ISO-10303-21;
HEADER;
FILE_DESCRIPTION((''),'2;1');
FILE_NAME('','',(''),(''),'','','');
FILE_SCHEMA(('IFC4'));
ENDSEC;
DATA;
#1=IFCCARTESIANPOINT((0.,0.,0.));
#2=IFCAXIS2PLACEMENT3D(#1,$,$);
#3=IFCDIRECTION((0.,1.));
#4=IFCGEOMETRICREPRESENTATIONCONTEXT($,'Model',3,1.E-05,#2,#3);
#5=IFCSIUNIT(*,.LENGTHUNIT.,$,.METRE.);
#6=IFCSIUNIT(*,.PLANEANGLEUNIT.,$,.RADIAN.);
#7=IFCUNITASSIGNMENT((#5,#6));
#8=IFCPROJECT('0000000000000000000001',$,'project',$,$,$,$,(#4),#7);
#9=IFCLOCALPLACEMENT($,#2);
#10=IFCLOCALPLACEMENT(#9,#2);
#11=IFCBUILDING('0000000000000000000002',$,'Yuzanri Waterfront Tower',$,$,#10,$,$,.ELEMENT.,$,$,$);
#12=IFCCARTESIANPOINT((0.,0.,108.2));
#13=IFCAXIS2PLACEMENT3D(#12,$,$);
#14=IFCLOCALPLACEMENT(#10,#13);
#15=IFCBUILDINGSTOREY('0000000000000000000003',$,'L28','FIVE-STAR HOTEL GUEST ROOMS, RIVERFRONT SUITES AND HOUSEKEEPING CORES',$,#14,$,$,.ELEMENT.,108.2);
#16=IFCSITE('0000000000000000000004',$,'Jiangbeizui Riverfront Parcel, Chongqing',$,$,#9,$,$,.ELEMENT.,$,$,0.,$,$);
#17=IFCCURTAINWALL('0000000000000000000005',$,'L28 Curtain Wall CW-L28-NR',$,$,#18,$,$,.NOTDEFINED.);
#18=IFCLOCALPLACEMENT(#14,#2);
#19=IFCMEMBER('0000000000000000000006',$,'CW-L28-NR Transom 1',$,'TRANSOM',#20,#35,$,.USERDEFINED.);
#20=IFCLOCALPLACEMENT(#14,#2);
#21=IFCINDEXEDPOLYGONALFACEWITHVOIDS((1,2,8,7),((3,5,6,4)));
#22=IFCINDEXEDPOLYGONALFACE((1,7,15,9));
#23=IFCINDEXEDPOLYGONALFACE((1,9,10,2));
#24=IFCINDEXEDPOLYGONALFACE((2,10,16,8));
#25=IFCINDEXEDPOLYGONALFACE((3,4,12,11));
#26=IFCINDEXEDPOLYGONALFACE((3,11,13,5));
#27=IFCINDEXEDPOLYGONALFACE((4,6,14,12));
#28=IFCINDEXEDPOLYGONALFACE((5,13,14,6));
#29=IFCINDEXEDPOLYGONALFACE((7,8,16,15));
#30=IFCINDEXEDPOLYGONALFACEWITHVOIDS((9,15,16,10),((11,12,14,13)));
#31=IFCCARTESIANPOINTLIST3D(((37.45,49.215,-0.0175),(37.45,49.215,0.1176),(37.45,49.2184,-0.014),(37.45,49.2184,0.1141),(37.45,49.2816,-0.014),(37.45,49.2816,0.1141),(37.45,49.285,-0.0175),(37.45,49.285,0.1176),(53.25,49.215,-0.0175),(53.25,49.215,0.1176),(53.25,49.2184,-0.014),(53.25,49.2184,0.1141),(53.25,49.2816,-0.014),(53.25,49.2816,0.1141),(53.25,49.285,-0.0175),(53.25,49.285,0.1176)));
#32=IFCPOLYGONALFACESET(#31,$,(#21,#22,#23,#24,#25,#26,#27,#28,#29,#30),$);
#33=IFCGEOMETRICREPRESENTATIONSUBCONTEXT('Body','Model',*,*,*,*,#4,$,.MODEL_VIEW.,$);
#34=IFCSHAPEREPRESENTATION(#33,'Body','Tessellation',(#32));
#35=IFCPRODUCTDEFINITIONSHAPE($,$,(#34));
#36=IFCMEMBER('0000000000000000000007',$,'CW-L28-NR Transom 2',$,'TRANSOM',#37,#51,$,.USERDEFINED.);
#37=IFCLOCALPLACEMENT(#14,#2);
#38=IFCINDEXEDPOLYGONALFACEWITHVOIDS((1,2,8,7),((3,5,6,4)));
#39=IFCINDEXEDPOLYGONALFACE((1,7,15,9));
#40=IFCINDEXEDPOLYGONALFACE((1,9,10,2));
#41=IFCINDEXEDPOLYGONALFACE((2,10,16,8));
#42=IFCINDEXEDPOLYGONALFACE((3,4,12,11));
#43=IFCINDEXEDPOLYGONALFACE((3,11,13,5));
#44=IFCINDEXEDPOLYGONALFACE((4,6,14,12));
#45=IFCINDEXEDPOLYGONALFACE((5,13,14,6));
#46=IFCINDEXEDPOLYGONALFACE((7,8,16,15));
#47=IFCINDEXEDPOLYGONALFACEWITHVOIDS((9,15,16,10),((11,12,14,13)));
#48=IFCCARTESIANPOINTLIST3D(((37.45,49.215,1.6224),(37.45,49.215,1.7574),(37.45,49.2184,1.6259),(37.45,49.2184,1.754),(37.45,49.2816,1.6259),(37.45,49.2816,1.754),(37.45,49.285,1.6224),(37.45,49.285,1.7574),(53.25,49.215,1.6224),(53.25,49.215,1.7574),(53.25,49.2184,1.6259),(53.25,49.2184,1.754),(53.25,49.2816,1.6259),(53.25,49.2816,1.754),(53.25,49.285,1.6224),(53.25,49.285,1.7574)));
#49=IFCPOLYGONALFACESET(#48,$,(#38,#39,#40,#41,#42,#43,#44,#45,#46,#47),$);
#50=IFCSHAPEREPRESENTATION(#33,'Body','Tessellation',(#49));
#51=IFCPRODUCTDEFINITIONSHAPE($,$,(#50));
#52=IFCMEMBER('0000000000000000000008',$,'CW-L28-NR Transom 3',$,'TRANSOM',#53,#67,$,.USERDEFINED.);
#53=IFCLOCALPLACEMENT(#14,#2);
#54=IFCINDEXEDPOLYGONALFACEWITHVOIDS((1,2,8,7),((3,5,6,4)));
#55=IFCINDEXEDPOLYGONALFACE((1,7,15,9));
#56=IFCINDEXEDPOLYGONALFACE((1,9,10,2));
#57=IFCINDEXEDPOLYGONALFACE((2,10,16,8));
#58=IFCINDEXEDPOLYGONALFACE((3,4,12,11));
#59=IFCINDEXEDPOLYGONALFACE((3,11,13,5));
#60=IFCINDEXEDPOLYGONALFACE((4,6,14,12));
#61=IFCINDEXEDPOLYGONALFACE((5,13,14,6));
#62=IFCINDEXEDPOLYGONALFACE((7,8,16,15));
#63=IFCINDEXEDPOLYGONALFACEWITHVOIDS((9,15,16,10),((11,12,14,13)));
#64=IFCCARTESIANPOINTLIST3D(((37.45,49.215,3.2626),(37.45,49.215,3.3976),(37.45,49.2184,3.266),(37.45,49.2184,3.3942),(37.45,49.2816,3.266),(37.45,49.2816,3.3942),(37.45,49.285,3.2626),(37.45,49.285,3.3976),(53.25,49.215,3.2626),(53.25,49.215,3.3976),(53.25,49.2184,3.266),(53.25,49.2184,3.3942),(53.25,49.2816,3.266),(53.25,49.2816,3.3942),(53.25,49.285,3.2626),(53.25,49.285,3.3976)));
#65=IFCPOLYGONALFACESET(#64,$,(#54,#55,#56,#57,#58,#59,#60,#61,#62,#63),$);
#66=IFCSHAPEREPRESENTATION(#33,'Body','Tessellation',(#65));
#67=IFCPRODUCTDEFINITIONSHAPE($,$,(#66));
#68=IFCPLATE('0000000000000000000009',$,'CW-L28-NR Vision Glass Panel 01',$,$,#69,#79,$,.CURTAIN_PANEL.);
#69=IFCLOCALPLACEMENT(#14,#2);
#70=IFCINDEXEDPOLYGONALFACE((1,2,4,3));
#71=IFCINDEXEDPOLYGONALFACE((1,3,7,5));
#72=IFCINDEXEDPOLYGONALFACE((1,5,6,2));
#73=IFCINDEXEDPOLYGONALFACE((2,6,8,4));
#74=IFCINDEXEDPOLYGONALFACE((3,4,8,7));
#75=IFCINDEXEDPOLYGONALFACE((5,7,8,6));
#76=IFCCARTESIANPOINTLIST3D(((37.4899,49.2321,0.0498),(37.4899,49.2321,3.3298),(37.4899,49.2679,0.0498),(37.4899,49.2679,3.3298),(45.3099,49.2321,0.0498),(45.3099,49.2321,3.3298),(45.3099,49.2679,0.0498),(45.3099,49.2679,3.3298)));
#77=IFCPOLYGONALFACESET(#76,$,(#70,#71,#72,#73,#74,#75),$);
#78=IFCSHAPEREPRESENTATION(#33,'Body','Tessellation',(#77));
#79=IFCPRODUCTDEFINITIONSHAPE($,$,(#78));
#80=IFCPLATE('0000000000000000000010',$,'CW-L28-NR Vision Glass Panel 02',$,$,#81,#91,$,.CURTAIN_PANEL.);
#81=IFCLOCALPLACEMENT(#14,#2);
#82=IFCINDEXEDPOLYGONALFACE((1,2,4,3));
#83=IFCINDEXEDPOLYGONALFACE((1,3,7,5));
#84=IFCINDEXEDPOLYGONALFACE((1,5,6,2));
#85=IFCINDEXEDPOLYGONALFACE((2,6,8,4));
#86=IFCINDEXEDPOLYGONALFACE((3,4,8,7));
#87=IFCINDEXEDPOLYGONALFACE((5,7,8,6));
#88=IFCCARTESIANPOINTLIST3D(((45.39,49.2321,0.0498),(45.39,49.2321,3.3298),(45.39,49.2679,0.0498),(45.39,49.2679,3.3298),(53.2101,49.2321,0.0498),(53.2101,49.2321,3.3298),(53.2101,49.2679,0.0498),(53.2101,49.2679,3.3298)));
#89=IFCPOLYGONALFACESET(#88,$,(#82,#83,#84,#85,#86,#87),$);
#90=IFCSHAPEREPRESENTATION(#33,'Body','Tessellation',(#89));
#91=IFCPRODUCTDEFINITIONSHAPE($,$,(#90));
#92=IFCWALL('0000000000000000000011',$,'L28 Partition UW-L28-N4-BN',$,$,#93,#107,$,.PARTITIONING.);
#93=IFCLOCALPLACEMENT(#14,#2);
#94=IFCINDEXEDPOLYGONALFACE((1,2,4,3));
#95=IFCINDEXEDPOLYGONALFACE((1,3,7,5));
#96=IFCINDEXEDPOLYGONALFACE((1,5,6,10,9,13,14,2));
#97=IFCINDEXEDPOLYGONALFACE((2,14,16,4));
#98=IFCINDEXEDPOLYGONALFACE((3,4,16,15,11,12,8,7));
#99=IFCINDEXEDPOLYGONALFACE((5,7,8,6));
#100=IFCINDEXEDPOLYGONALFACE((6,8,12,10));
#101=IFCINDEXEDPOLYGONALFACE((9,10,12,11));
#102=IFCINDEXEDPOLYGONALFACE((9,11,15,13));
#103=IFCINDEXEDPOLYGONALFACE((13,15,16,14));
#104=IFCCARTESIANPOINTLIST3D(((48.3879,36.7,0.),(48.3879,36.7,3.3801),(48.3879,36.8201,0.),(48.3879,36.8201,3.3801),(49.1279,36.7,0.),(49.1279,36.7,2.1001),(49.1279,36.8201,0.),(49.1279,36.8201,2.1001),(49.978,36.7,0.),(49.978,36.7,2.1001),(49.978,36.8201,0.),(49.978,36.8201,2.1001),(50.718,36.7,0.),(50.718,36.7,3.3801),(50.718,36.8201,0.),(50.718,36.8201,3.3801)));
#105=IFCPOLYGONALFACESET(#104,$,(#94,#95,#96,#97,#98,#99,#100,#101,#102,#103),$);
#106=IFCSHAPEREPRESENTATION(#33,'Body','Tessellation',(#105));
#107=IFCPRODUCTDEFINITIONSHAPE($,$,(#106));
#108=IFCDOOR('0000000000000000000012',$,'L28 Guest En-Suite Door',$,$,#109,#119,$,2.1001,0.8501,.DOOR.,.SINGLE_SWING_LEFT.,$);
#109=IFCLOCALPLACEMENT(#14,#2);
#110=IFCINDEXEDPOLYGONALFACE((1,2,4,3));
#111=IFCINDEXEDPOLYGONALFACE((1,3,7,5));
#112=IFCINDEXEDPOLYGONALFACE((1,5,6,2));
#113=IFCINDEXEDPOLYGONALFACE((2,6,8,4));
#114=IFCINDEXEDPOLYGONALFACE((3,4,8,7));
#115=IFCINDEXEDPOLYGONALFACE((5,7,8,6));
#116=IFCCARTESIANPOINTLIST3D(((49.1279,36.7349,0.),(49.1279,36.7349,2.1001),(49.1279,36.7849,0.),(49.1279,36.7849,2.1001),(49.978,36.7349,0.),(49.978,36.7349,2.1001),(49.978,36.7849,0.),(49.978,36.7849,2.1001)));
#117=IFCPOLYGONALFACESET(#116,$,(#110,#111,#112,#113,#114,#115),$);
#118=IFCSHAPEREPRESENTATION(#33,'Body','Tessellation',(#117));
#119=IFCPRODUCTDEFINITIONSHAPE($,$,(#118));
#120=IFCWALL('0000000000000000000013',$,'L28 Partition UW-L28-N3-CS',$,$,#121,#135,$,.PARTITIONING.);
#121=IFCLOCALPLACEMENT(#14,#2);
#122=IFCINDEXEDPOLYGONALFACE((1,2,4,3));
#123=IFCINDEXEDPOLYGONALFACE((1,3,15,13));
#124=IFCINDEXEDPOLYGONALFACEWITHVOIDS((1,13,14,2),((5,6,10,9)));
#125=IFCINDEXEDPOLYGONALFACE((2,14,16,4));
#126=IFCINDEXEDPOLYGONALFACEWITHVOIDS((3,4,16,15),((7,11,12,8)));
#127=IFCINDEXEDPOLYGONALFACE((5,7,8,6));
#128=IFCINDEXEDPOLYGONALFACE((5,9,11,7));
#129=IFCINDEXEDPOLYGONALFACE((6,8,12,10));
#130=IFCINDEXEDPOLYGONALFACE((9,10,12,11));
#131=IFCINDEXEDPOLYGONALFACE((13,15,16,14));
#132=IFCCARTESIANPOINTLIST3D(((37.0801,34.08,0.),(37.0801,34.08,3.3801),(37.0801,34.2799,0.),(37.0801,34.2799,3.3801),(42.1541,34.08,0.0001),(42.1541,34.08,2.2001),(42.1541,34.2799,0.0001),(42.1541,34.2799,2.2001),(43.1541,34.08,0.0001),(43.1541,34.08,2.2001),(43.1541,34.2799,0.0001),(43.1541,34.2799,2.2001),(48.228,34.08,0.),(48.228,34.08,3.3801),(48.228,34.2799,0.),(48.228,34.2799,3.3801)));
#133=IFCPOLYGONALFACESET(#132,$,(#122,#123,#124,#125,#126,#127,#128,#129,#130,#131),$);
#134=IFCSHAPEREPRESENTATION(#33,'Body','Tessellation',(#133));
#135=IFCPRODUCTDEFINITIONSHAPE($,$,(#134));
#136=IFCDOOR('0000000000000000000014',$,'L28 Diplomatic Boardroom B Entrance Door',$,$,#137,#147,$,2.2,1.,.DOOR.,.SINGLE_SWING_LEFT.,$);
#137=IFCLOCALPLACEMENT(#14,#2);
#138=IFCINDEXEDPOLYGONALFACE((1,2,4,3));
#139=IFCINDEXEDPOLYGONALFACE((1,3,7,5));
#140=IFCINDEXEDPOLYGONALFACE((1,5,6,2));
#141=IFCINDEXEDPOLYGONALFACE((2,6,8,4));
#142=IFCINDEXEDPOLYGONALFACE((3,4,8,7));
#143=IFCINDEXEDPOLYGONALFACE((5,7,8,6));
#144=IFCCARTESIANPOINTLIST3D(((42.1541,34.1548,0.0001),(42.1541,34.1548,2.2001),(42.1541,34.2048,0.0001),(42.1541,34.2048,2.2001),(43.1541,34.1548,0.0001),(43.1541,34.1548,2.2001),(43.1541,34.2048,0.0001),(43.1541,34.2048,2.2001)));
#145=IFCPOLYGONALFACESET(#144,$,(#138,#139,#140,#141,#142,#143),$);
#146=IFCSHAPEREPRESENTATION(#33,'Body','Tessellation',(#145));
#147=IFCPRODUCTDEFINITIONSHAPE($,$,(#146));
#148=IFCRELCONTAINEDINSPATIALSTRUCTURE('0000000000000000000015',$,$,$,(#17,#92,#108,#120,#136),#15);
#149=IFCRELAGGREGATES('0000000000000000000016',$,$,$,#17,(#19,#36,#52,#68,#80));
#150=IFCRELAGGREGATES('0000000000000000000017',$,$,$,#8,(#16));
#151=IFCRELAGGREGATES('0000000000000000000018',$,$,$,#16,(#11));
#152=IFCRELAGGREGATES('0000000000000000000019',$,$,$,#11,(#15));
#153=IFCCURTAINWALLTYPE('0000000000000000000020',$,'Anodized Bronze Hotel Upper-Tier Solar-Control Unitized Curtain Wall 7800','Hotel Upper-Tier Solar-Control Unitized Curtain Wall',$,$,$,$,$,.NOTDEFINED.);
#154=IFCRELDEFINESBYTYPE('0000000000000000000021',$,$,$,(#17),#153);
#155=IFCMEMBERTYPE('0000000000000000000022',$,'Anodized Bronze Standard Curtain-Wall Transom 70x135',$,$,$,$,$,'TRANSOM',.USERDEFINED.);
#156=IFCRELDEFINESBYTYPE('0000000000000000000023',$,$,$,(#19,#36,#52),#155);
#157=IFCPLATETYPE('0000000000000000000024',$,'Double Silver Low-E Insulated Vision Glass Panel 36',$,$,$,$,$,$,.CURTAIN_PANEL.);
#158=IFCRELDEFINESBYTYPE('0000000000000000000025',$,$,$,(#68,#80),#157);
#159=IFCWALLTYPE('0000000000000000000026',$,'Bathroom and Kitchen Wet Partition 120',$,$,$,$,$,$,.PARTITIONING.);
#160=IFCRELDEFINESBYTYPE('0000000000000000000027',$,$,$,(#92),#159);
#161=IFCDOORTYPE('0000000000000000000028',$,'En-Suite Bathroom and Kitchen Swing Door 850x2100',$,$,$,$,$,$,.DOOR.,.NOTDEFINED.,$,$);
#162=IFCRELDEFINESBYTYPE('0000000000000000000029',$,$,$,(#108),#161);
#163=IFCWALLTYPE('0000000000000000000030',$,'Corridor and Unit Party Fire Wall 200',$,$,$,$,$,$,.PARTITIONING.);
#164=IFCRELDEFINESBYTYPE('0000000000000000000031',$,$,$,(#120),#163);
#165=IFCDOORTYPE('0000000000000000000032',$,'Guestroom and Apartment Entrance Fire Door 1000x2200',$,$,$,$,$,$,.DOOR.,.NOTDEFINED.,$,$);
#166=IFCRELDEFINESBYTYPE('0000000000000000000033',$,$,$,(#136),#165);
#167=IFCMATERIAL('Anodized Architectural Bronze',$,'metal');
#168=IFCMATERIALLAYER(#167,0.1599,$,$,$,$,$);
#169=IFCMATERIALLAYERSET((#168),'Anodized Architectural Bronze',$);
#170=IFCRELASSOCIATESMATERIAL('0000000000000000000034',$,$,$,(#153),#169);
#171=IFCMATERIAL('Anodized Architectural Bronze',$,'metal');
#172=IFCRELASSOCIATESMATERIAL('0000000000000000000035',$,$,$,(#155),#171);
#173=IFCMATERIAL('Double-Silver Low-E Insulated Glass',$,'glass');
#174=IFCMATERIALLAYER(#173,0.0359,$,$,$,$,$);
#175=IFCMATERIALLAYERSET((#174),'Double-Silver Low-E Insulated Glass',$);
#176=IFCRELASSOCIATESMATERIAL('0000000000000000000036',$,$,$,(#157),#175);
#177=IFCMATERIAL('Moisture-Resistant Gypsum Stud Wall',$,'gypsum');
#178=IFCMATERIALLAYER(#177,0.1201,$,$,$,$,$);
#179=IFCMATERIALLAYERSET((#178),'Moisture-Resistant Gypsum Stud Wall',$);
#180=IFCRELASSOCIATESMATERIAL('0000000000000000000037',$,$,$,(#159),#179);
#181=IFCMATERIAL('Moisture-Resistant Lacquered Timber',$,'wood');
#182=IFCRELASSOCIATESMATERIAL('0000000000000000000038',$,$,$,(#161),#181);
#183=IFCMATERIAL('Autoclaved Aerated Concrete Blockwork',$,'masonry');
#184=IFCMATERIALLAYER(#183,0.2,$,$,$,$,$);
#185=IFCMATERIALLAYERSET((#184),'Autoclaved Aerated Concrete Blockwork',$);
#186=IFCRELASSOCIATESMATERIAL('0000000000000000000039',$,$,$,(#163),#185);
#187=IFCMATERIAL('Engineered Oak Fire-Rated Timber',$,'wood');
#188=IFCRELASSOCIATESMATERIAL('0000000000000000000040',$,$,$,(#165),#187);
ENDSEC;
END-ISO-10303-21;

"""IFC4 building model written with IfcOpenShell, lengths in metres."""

from ifc_helpers import new_model, si_unit, direction, frame, frame_2d, origin, origin_2d, place, context, subcontext, project, spatial, rectangle, hollow_rectangle, extrude, source, transform, mapped, material, layer, layer_set, material_profile, profile_set, type_object, element, fill, aggregate, save


model = new_model("IFC4")

# Units and contexts
model_context = context("Model", 3, precision=1e-05, world=origin(), true_north=direction((0.0, 1.0)))
body_context = subcontext(model_context, "Body", "Model", "MODEL_VIEW")
ifc_project = project(units=[si_unit("LENGTHUNIT", "METRE"), si_unit("PLANEANGLEUNIT", "RADIAN")], contexts=[model_context])

# Site, building, storey
site_placement = place(None, origin())
site = spatial("IfcSite", under=ifc_project, at=site_placement, Name="Jiangbeizui Riverfront Parcel, Chongqing", CompositionType="ELEMENT", RefElevation=0.0)
building_placement = place(site_placement, origin())
building = spatial("IfcBuilding", under=site, at=building_placement, Name="Yuzanri Waterfront Tower", CompositionType="ELEMENT")
storey_placement = place(building_placement, frame((0.0, 0.0, 108.2)))
storey = spatial("IfcBuildingStorey", under=building, at=storey_placement, Name="L28", Description="FIVE-STAR HOTEL GUEST ROOMS, RIVERFRONT SUITES AND HOUSEKEEPING CORES", CompositionType="ELEMENT", Elevation=108.2)

# Shared definitions
ifc_material_1 = material(Name="Anodized Architectural Bronze", Category="metal")
ifc_layer_1 = layer(ifc_material_1, 0.1599)
ifc_layer_set_1 = layer_set([ifc_layer_1], Name="Anodized Architectural Bronze")
curtain_wall_type = type_object("IfcCurtainWallType", Name="Anodized Bronze Hotel Upper-Tier Solar-Control Unitized Curtain Wall 7800", Description="Hotel Upper-Tier Solar-Control Unitized Curtain Wall", PredefinedType="NOTDEFINED", material=ifc_layer_set_1)

# Curtain wall, members, plates
curtain_wall_1_placement = place(storey_placement, origin())
curtain_wall_1 = element("IfcCurtainWall", 1, at=curtain_wall_1_placement, inside=storey, type_object=curtain_wall_type, Name="L28 Curtain Wall CW-L28-NR", PredefinedType="NOTDEFINED")
ifc_material_2 = material(Name="Anodized Architectural Bronze", Category="metal")
ifc_material_profile_1 = material_profile(ifc_material_2, hollow_rectangle(XDim=0.0701, YDim=0.135, WallThickness=0.0034, at=origin_2d()), Name="CWT 70x135")
ifc_profile_set_1 = profile_set([ifc_material_profile_1], Name="Anodized Architectural Bronze")
member_type_1 = type_object("IfcMemberType", Name="Anodized Bronze Standard Curtain-Wall Transom 70x135", ElementType="TRANSOM", PredefinedType="USERDEFINED", material=ifc_profile_set_1)
shared_shape_1 = source(origin(), body_context, "Body", "SweptSolid", [
    extrude(hollow_rectangle(XDim=0.0701, YDim=0.135, WallThickness=0.0034, at=origin_2d()), origin(), (0.0, 0.0, 1.0), 15.8),
])
member_1_placement = place(storey_placement, frame((37.45, 49.25, 0.05), z_axis=(1.0, 0.0, 0.0), x_axis=(0.0, 1.0, 0.0)))
member_1 = element("IfcMember", 2, at=member_1_placement, type_object=member_type_1, Name="CW-L28-NR Transom 1", ObjectType="TRANSOM", PredefinedType="USERDEFINED", context=body_context, shape_type="MappedRepresentation", body=[
    mapped(shared_shape_1, transform((0.0, 0.0, 0.0), scale=1.0)),
])
member_2_placement = place(storey_placement, frame((37.45, 49.25, 1.6899), z_axis=(1.0, 0.0, 0.0), x_axis=(0.0, 1.0, 0.0)))
member_2 = element("IfcMember", 3, at=member_2_placement, type_object=member_type_1, Name="CW-L28-NR Transom 2", ObjectType="TRANSOM", PredefinedType="USERDEFINED", context=body_context, shape_type="MappedRepresentation", body=[
    mapped(shared_shape_1, transform((0.0, 0.0, 0.0), scale=1.0)),
])
member_3_placement = place(storey_placement, frame((37.45, 49.25, 3.3301), z_axis=(1.0, 0.0, 0.0), x_axis=(0.0, 1.0, 0.0)))
member_3 = element("IfcMember", 4, at=member_3_placement, type_object=member_type_1, Name="CW-L28-NR Transom 3", ObjectType="TRANSOM", PredefinedType="USERDEFINED", context=body_context, shape_type="MappedRepresentation", body=[
    mapped(shared_shape_1, transform((0.0, 0.0, 0.0), scale=1.0)),
])
ifc_material_3 = material(Name="Double-Silver Low-E Insulated Glass", Category="glass")
ifc_layer_2 = layer(ifc_material_3, 0.0359)
ifc_layer_set_2 = layer_set([ifc_layer_2], Name="Double-Silver Low-E Insulated Glass")
plate_type = type_object("IfcPlateType", Name="Double Silver Low-E Insulated Vision Glass Panel 36", PredefinedType="CURTAIN_PANEL", material=ifc_layer_set_2)
shared_shape_2 = source(origin(), body_context, "Body", "SweptSolid", [
    extrude(rectangle(XDim=7.8201, YDim=0.0359, at=origin_2d()), origin(), (0.0, 0.0, 1.0), 3.28),
])
plate_1_placement = place(storey_placement, frame((41.3999, 49.25, 0.0498), z_axis=(0.0, 0.0, 1.0), x_axis=(1.0, 0.0, 0.0)))
plate_1 = element("IfcPlate", 5, at=plate_1_placement, type_object=plate_type, Name="CW-L28-NR Vision Glass Panel 01", PredefinedType="CURTAIN_PANEL", context=body_context, shape_type="MappedRepresentation", body=[
    mapped(shared_shape_2, transform((0.0, 0.0, 0.0), scale=1.0)),
])
plate_2_placement = place(storey_placement, frame((49.3, 49.25, 0.0498), z_axis=(0.0, 0.0, 1.0), x_axis=(1.0, 0.0, 0.0)))
plate_2 = element("IfcPlate", 6, at=plate_2_placement, type_object=plate_type, Name="CW-L28-NR Vision Glass Panel 02", PredefinedType="CURTAIN_PANEL", context=body_context, shape_type="MappedRepresentation", body=[
    mapped(shared_shape_2, transform((0.0, 0.0, 0.0), scale=1.0)),
])
aggregate(curtain_wall_1, [member_1, member_2, member_3, plate_1, plate_2])

# Walls, openings, doors
ifc_material_4 = material(Name="Moisture-Resistant Gypsum Stud Wall", Category="gypsum")
ifc_layer_3 = layer(ifc_material_4, 0.1201)
ifc_layer_set_3 = layer_set([ifc_layer_3], Name="Moisture-Resistant Gypsum Stud Wall")
wall_type_1 = type_object("IfcWallType", Name="Bathroom and Kitchen Wet Partition 120", PredefinedType="PARTITIONING", material=ifc_layer_set_3)
wall_1_placement = place(storey_placement, frame((48.3879, 36.76, 0.0), z_axis=(0.0, 0.0, 1.0), x_axis=(1.0, 0.0, 0.0)))
wall_1 = element("IfcWall", 7, at=wall_1_placement, inside=storey, type_object=wall_type_1, Name="L28 Partition UW-L28-N4-BN", PredefinedType="PARTITIONING", context=body_context, shape_type="SweptSolid", body=[
    extrude(rectangle(XDim=2.3301, YDim=0.1201, at=frame_2d((1.165, 0.0))), origin(), (0.0, 0.0, 1.0), 3.3801),
])
opening_1_placement = place(wall_1_placement, frame((0.74, 0.0, 0.0)))
opening_1 = element("IfcOpeningElement", 8, at=opening_1_placement, cuts=wall_1, PredefinedType="OPENING", context=body_context, shape_type="SweptSolid", body=[
    extrude(rectangle(XDim=0.8501, YDim=2.1001, at=frame_2d((0.425, 1.05))), frame((0.0, 0.075, 0.0), z_axis=(0.0, -1.0, 0.0), x_axis=(1.0, 0.0, 0.0)), (0.0, 0.0, 1.0), 0.1499),
])
ifc_material_5 = material(Name="Moisture-Resistant Lacquered Timber", Category="wood")
door_type_1 = type_object("IfcDoorType", Name="En-Suite Bathroom and Kitchen Swing Door 850x2100", OperationType="NOTDEFINED", PredefinedType="DOOR", material=ifc_material_5)
shared_shape_3 = source(origin(), body_context, "Body", "SweptSolid", [
    extrude(rectangle(XDim=0.8501, YDim=2.1001, at=frame_2d((0.425, 1.05))), frame((0.0, 0.0249, 0.0), z_axis=(0.0, -1.0, 0.0), x_axis=(1.0, 0.0, 0.0)), (0.0, 0.0, 1.0), 0.05),
])
door_1_placement = place(opening_1_placement, origin())
door_1 = element("IfcDoor", 9, at=door_1_placement, inside=storey, type_object=door_type_1, Name="L28 Guest En-Suite Door", OperationType="SINGLE_SWING_LEFT", OverallHeight=2.1001, OverallWidth=0.8501, PredefinedType="DOOR", context=body_context, shape_type="MappedRepresentation", body=[
    mapped(shared_shape_3, transform((0.0, 0.0, 0.0), scale=1.0)),
])
fill(opening_1, door_1)
ifc_material_6 = material(Name="Autoclaved Aerated Concrete Blockwork", Category="masonry")
ifc_layer_4 = layer(ifc_material_6, 0.2)
ifc_layer_set_4 = layer_set([ifc_layer_4], Name="Autoclaved Aerated Concrete Blockwork")
wall_type_2 = type_object("IfcWallType", Name="Corridor and Unit Party Fire Wall 200", PredefinedType="PARTITIONING", material=ifc_layer_set_4)
wall_2_placement = place(storey_placement, frame((37.0801, 34.1799, 0.0), z_axis=(0.0, 0.0, 1.0), x_axis=(1.0, 0.0, 0.0)))
wall_2 = element("IfcWall", 10, at=wall_2_placement, inside=storey, type_object=wall_type_2, Name="L28 Partition UW-L28-N3-CS", PredefinedType="PARTITIONING", context=body_context, shape_type="SweptSolid", body=[
    extrude(rectangle(XDim=11.1479, YDim=0.2, at=frame_2d((5.574, 0.0))), origin(), (0.0, 0.0, 1.0), 3.3801),
])
opening_2_placement = place(wall_2_placement, frame((5.074, 0.0, 0.0)))
opening_2 = element("IfcOpeningElement", 11, at=opening_2_placement, cuts=wall_2, PredefinedType="OPENING", context=body_context, shape_type="SweptSolid", body=[
    extrude(rectangle(XDim=1.0, YDim=2.2, at=frame_2d((0.5, 1.1001))), frame((0.0, 0.1147, 0.0), z_axis=(0.0, -1.0, 0.0), x_axis=(1.0, 0.0, 0.0)), (0.0, 0.0, 1.0), 0.2297),
])
ifc_material_7 = material(Name="Engineered Oak Fire-Rated Timber", Category="wood")
door_type_2 = type_object("IfcDoorType", Name="Guestroom and Apartment Entrance Fire Door 1000x2200", OperationType="NOTDEFINED", PredefinedType="DOOR", material=ifc_material_7)
shared_shape_4 = source(origin(), body_context, "Body", "SweptSolid", [
    extrude(rectangle(XDim=1.0, YDim=2.2, at=frame_2d((0.5, 1.1001))), frame((0.0, 0.0249, 0.0), z_axis=(0.0, -1.0, 0.0), x_axis=(1.0, 0.0, 0.0)), (0.0, 0.0, 1.0), 0.05),
])
door_2_placement = place(opening_2_placement, origin())
door_2 = element("IfcDoor", 12, at=door_2_placement, inside=storey, type_object=door_type_2, Name="L28 Diplomatic Boardroom B Entrance Door", OperationType="SINGLE_SWING_LEFT", OverallHeight=2.2, OverallWidth=1.0, PredefinedType="DOOR", context=body_context, shape_type="MappedRepresentation", body=[
    mapped(shared_shape_4, transform((0.0, 0.0, 0.0), scale=1.0)),
])
fill(opening_2, door_2)

save(model, "model.ifc")
